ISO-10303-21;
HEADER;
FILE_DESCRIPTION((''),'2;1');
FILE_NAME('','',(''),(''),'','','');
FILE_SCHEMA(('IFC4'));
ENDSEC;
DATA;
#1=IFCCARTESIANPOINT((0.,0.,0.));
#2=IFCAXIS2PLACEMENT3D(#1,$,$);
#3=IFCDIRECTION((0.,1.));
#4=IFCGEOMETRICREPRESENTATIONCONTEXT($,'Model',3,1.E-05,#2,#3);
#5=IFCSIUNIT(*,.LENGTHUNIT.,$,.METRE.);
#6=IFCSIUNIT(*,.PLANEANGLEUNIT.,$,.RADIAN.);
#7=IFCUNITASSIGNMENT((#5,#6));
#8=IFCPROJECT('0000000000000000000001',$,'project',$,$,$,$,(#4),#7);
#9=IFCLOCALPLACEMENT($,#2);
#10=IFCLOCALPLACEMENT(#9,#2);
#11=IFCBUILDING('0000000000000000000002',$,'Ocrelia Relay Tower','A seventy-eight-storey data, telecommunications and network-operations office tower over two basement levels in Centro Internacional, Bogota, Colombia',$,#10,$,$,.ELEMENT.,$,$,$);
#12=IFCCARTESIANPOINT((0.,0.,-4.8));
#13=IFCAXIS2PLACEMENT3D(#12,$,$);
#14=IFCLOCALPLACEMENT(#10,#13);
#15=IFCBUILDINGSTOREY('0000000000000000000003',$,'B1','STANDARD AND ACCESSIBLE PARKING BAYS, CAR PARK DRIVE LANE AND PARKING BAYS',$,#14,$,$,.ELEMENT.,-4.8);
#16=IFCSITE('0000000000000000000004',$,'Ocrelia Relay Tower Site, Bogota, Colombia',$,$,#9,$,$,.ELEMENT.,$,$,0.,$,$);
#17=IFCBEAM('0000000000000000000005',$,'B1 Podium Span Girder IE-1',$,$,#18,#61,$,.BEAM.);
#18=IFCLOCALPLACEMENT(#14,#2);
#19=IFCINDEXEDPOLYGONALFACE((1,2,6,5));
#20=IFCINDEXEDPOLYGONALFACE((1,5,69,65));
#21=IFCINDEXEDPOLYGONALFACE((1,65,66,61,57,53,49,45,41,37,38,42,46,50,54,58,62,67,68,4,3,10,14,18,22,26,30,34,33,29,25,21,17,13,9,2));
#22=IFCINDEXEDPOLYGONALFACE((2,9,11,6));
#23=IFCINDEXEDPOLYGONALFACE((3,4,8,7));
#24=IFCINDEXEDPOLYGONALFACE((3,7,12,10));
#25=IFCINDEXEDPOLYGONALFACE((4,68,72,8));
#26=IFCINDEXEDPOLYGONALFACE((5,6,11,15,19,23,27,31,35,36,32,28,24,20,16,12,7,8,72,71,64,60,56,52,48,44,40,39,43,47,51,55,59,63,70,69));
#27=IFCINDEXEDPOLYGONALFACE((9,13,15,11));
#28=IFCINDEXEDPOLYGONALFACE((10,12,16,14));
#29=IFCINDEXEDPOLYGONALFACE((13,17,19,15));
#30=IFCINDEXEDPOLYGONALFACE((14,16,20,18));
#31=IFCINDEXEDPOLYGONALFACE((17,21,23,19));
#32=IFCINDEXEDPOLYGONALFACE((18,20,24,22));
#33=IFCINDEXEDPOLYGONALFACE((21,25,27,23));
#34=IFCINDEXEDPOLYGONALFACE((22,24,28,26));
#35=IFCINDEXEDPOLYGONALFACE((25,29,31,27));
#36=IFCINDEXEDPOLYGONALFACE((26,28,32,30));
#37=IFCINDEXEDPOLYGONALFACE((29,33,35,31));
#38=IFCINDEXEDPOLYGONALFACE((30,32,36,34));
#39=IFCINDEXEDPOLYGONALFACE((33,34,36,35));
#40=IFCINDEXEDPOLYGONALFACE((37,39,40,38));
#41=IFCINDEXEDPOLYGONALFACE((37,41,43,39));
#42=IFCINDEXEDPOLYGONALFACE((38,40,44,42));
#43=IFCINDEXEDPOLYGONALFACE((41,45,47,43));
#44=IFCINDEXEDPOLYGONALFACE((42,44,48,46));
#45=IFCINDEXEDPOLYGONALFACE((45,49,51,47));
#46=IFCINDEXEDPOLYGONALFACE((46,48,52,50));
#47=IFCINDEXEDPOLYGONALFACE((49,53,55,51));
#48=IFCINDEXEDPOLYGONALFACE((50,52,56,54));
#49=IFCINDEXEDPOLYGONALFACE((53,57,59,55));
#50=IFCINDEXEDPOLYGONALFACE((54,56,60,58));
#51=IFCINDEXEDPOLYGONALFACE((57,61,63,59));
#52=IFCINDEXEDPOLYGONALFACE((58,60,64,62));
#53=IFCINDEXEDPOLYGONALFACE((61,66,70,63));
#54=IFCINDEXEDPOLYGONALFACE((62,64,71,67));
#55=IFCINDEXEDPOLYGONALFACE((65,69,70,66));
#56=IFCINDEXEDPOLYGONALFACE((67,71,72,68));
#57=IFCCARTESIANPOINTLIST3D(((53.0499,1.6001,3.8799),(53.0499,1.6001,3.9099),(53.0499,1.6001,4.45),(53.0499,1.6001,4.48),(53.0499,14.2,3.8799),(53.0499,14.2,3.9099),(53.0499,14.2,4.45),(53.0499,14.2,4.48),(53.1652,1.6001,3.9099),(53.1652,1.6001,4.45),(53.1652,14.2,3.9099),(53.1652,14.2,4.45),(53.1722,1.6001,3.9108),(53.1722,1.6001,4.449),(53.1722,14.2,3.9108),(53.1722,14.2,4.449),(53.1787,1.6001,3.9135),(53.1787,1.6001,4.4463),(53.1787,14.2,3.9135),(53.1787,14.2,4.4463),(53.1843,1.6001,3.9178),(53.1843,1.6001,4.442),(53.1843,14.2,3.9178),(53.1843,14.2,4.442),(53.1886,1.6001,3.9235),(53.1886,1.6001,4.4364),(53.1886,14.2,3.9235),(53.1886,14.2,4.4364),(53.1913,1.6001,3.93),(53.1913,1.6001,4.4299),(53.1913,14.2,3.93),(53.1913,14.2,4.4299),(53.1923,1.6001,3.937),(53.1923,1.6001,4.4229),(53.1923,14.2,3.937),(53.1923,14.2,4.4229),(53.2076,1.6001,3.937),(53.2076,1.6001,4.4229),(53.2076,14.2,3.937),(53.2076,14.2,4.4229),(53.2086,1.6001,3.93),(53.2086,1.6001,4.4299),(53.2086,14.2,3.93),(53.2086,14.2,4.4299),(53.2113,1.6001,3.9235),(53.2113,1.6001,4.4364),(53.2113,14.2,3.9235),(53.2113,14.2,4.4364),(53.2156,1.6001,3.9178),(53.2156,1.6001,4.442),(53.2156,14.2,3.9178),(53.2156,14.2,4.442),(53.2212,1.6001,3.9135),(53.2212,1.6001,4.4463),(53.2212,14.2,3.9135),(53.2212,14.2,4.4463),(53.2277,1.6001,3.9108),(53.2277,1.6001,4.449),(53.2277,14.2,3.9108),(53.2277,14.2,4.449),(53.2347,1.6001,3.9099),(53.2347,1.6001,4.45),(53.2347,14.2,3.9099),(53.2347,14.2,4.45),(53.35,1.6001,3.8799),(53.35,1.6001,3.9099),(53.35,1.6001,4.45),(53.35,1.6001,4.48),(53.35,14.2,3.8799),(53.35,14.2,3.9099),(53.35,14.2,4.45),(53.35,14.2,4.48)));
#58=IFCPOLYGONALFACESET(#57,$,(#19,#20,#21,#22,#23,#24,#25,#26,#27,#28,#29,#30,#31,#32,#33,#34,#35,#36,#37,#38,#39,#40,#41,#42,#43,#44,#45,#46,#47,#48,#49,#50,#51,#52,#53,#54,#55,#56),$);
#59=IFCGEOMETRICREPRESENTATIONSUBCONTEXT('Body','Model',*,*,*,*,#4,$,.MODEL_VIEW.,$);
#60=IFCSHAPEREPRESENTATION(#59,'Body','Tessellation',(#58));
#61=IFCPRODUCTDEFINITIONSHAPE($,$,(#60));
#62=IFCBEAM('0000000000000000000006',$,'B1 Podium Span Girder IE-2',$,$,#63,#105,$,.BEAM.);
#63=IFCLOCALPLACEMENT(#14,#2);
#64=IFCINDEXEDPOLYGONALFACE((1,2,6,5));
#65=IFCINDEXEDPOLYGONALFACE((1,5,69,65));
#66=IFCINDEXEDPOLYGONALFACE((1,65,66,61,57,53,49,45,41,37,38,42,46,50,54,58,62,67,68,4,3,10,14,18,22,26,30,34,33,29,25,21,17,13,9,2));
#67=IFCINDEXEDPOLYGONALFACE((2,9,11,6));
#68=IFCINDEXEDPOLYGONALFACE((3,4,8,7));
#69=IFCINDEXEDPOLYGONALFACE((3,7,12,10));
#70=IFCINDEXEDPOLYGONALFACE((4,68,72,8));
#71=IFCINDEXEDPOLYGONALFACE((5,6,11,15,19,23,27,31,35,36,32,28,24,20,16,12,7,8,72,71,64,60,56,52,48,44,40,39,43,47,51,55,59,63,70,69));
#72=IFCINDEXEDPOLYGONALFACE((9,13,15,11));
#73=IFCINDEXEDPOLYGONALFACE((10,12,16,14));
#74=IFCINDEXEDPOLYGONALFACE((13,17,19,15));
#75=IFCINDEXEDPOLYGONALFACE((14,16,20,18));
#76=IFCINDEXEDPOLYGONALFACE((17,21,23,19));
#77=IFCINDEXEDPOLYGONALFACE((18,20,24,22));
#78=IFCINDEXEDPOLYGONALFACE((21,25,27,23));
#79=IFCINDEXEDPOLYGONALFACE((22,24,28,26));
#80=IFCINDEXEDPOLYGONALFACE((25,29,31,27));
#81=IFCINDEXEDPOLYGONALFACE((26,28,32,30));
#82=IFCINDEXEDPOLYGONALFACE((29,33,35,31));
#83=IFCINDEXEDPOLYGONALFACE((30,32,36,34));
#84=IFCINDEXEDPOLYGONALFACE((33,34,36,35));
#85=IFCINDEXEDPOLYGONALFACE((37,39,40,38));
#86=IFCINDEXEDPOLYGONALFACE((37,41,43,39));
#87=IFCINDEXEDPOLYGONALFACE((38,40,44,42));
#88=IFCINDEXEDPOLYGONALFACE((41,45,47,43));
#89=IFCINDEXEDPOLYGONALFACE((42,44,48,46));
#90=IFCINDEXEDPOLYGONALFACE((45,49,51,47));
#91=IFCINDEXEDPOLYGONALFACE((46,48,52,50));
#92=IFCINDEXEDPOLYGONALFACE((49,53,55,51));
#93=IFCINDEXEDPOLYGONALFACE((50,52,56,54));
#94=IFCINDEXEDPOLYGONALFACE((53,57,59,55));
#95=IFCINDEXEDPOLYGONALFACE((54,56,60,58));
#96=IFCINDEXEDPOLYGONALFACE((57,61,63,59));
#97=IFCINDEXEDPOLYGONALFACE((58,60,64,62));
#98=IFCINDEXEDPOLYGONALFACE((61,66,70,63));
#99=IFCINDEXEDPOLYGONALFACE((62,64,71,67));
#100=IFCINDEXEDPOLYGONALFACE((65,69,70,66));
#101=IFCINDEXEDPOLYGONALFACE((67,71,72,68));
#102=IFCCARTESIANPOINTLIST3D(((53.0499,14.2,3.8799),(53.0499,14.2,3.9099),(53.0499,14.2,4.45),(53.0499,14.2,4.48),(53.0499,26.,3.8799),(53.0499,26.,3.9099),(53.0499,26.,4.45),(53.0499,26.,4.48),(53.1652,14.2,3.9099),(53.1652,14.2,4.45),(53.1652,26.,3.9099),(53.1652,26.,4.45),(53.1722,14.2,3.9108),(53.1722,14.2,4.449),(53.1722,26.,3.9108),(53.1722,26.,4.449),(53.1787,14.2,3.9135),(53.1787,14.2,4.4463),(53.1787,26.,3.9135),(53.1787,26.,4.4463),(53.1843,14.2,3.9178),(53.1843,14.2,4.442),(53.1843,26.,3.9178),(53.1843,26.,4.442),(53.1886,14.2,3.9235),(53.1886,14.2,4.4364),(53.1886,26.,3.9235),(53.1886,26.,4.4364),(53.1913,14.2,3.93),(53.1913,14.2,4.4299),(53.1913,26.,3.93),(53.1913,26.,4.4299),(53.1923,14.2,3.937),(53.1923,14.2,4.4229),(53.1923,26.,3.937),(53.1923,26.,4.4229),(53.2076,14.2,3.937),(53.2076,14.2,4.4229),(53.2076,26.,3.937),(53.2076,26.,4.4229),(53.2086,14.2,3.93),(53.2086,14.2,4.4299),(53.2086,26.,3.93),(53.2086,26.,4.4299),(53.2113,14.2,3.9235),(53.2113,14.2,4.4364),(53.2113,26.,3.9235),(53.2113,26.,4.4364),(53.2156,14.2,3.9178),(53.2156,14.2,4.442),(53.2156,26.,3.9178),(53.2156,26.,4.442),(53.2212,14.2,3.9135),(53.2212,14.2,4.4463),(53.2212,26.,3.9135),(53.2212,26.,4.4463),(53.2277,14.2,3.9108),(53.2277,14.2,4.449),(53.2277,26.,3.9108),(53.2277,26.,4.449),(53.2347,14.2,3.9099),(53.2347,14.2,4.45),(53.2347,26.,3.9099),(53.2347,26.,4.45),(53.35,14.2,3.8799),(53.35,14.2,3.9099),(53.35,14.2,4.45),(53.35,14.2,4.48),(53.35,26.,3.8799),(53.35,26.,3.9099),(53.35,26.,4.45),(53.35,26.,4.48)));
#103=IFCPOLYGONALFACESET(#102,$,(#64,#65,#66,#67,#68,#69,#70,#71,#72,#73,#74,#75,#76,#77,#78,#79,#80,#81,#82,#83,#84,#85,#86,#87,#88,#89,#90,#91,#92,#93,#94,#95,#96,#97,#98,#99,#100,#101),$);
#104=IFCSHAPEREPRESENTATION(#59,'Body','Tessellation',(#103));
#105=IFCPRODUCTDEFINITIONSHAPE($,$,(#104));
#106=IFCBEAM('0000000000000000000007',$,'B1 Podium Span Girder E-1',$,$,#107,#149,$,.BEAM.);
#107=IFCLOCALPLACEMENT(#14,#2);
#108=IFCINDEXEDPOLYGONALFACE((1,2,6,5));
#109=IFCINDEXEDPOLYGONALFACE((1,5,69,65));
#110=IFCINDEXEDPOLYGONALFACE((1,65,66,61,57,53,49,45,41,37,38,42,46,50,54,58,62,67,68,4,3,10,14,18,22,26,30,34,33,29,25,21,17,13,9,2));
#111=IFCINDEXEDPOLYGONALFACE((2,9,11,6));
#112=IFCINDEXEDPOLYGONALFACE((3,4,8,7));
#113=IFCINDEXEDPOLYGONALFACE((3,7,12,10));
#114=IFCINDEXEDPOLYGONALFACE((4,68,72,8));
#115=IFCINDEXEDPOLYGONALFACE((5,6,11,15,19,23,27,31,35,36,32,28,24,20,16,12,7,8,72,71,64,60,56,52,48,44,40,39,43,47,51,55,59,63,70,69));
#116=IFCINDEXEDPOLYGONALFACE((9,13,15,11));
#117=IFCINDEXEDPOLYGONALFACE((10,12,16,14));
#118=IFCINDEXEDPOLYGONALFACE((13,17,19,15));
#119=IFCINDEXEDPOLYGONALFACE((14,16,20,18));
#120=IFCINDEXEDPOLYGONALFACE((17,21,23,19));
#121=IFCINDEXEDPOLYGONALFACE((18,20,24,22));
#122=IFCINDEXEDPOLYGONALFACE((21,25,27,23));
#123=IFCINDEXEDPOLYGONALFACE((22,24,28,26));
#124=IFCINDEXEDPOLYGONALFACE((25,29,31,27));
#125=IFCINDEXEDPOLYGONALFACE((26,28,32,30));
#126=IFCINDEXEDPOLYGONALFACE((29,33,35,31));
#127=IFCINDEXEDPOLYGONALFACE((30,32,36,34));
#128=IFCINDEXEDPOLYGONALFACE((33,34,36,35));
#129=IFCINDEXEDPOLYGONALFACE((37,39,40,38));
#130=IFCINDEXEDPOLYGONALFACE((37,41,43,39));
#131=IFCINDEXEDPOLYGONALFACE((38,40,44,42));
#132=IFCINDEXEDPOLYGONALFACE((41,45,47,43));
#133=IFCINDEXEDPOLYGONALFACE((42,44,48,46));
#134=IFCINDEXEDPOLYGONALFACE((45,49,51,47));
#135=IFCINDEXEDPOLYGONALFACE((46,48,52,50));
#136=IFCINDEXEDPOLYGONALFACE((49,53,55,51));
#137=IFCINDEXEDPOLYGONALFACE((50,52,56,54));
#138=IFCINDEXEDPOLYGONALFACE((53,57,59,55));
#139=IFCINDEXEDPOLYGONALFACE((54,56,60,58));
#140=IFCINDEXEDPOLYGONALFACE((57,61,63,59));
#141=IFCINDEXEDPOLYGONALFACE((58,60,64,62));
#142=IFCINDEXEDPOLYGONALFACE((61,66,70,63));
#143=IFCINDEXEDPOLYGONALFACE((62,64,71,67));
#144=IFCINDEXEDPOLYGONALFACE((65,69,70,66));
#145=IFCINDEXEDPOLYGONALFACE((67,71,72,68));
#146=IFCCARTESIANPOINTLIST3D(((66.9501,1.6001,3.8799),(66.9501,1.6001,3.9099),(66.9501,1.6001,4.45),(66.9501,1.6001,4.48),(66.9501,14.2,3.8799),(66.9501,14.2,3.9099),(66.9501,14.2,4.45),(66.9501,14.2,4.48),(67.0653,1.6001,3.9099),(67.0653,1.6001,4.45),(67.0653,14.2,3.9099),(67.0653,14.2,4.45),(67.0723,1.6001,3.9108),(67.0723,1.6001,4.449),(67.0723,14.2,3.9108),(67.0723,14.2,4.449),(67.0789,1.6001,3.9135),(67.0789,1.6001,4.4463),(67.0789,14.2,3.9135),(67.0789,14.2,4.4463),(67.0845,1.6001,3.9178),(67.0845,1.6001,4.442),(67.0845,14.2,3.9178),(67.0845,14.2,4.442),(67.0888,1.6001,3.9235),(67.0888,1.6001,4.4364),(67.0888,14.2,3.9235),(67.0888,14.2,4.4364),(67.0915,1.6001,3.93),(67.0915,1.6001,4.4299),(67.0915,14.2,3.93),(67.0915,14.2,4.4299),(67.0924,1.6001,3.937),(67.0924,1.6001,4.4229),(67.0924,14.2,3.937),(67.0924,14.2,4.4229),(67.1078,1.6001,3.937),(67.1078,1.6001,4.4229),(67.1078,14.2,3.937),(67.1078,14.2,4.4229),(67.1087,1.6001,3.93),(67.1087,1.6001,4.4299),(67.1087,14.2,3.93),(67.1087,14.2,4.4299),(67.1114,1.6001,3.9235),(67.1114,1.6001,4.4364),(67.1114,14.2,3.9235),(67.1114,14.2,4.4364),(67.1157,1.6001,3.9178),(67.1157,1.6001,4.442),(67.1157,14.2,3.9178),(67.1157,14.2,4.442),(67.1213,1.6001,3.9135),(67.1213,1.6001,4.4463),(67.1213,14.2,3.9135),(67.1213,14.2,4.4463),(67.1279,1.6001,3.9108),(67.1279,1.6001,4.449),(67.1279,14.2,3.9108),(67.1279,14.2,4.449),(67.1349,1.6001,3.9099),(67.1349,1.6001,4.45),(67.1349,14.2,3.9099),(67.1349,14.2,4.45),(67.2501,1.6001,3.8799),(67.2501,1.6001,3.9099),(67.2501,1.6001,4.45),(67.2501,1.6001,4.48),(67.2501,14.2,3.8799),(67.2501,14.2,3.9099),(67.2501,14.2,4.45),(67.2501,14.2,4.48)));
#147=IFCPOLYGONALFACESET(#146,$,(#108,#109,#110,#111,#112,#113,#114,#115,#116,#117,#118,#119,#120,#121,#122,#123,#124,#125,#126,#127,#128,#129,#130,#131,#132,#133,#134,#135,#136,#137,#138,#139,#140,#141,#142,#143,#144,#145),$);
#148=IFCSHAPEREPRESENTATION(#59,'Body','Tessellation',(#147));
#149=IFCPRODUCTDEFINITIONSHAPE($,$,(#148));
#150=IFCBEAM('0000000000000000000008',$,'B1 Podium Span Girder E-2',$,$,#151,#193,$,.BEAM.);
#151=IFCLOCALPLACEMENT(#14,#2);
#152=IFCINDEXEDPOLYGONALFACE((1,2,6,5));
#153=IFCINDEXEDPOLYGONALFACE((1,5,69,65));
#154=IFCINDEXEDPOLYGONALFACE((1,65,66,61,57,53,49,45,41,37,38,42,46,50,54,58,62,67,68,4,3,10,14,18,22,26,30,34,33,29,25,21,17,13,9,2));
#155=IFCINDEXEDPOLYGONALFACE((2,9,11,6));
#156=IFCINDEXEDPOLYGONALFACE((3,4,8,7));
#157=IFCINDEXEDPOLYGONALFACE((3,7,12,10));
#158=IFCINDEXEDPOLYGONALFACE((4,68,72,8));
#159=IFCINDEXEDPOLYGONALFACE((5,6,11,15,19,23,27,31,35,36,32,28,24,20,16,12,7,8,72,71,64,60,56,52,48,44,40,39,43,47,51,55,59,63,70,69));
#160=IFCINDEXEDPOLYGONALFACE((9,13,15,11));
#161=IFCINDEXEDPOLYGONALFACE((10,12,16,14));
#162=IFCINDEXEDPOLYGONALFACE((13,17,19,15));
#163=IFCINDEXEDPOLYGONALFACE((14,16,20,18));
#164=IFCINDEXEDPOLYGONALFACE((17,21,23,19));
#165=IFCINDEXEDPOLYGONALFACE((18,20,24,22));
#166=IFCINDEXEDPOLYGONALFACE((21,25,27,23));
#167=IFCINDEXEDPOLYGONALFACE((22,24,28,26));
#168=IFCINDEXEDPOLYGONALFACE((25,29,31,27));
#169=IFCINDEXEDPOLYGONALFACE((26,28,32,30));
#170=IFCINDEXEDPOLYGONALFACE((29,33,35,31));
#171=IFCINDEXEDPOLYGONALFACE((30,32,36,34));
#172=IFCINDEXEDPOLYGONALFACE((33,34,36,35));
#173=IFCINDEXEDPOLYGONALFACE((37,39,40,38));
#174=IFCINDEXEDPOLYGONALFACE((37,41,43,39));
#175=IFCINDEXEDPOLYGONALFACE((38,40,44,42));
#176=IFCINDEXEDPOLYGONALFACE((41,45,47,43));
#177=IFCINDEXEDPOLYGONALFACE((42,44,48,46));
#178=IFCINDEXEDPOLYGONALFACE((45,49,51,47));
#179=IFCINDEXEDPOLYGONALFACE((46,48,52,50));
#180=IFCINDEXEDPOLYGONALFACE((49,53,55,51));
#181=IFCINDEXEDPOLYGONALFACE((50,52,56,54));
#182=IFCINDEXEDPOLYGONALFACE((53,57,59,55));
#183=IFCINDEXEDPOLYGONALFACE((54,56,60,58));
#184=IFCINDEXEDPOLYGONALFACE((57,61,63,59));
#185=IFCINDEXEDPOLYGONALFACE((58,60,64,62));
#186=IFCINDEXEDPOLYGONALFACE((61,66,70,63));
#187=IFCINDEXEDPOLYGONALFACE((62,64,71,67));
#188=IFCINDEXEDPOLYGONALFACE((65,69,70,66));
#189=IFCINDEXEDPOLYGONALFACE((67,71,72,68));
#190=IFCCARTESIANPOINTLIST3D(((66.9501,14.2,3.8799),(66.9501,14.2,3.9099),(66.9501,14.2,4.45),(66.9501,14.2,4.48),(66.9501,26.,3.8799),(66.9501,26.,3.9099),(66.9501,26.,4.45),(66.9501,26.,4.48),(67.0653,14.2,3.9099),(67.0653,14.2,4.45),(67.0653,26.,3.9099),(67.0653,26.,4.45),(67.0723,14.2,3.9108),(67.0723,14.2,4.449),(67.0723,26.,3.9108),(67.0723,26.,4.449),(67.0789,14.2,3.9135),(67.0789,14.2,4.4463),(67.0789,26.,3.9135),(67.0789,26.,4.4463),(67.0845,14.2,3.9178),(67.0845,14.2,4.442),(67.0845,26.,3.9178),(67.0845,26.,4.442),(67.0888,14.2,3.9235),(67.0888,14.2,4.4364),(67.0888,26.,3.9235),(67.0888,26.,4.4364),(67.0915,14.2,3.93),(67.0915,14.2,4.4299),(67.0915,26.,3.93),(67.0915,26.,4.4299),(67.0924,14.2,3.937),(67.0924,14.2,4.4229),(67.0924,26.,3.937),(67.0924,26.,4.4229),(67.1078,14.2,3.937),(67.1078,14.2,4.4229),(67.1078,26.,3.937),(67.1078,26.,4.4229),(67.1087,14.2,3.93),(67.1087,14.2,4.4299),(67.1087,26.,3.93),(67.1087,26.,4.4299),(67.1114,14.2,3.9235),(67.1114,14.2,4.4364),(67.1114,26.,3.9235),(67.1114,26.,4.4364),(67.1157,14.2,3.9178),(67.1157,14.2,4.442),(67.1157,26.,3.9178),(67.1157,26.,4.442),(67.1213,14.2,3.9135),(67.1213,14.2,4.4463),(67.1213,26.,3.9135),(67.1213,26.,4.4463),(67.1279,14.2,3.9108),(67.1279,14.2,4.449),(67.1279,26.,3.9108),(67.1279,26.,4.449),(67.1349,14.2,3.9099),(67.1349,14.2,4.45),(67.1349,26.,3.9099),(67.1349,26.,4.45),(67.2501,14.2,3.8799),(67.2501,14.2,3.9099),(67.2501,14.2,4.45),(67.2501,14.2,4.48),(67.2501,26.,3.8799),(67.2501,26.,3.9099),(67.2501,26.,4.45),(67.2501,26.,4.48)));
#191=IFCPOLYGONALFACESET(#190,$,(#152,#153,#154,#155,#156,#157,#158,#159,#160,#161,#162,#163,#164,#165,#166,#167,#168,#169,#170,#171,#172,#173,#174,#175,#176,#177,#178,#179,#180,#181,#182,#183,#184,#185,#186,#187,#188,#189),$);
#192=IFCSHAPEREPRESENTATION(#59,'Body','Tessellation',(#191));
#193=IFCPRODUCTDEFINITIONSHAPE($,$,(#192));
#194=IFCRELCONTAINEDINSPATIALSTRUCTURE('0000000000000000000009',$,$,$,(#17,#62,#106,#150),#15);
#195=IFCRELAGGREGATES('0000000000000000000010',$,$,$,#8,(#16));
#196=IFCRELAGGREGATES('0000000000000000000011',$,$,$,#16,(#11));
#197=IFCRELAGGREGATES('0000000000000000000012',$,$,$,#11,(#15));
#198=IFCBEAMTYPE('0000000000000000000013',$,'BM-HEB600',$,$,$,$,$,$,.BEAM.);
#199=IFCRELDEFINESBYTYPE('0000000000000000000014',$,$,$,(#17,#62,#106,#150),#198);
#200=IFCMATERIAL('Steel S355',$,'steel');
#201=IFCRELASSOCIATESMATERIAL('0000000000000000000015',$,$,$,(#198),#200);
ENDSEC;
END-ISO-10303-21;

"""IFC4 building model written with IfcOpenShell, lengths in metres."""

from ifc_helpers import new_model, si_unit, direction, frame, origin, origin_2d, place, context, subcontext, project, spatial, i_section, extrude, material, material_profile, profile_set, type_object, element, save


model = new_model("IFC4")

# Units and contexts
model_context = context("Model", 3, precision=1e-05, world=origin(), true_north=direction((0.0, 1.0)))
body_context = subcontext(model_context, "Body", "Model", "MODEL_VIEW")
ifc_project = project(units=[si_unit("LENGTHUNIT", "METRE"), si_unit("PLANEANGLEUNIT", "RADIAN")], contexts=[model_context])

# Site, building, storey
site_placement = place(None, origin())
site = spatial("IfcSite", under=ifc_project, at=site_placement, Name="Ocrelia Relay Tower Site, Bogota, Colombia", CompositionType="ELEMENT", RefElevation=0.0)
building_placement = place(site_placement, origin())
building = spatial("IfcBuilding", under=site, at=building_placement, Name="Ocrelia Relay Tower", Description="A seventy-eight-storey data, telecommunications and network-operations office tower over two basement levels in Centro Internacional, Bogota, Colombia", CompositionType="ELEMENT")
storey_placement = place(building_placement, frame((0.0, 0.0, -4.8)))
storey = spatial("IfcBuildingStorey", under=building, at=storey_placement, Name="B1", Description="STANDARD AND ACCESSIBLE PARKING BAYS, CAR PARK DRIVE LANE AND PARKING BAYS", CompositionType="ELEMENT", Elevation=-4.8)

# Beams
ifc_material_1 = material(Name="Steel S355", Category="steel")
ifc_material_profile_1 = material_profile(ifc_material_1, i_section(OverallWidth=0.3, OverallDepth=0.6001, WebThickness=0.0154, FlangeThickness=0.03, FilletRadius=0.0271, at=origin_2d()), Name="HEB 600")
ifc_profile_set_1 = profile_set([ifc_material_profile_1], Name="Steel S355")
beam_type_1 = type_object("IfcBeamType", Name="BM-HEB600", PredefinedType="BEAM", material=ifc_profile_set_1)
beam_1_placement = place(storey_placement, frame((53.2, 1.6001, 4.1799), z_axis=(0.0, 1.0, 0.0), x_axis=(-1.0, 0.0, 0.0)))
element("IfcBeam", 1, at=beam_1_placement, inside=storey, type_object=beam_type_1, Name="B1 Podium Span Girder IE-1", PredefinedType="BEAM", context=body_context, shape_type="SweptSolid", body=[
    extrude(i_section(OverallWidth=0.3, OverallDepth=0.6001, WebThickness=0.0154, FlangeThickness=0.03, FilletRadius=0.0271, at=origin_2d()), origin(), (0.0, 0.0, 1.0), 12.5999),
])
beam_2_placement = place(storey_placement, frame((53.2, 14.2, 4.1799), z_axis=(0.0, 1.0, 0.0), x_axis=(-1.0, 0.0, 0.0)))
element("IfcBeam", 2, at=beam_2_placement, inside=storey, type_object=beam_type_1, Name="B1 Podium Span Girder IE-2", PredefinedType="BEAM", context=body_context, shape_type="SweptSolid", body=[
    extrude(i_section(OverallWidth=0.3, OverallDepth=0.6001, WebThickness=0.0154, FlangeThickness=0.03, FilletRadius=0.0271, at=origin_2d()), origin(), (0.0, 0.0, 1.0), 11.8),
])
beam_3_placement = place(storey_placement, frame((67.1001, 1.6001, 4.1799), z_axis=(0.0, 1.0, 0.0), x_axis=(-1.0, 0.0, 0.0)))
element("IfcBeam", 3, at=beam_3_placement, inside=storey, type_object=beam_type_1, Name="B1 Podium Span Girder E-1", PredefinedType="BEAM", context=body_context, shape_type="SweptSolid", body=[
    extrude(i_section(OverallWidth=0.3, OverallDepth=0.6001, WebThickness=0.0154, FlangeThickness=0.03, FilletRadius=0.0271, at=origin_2d()), origin(), (0.0, 0.0, 1.0), 12.5999),
])
beam_4_placement = place(storey_placement, frame((67.1001, 14.2, 4.1799), z_axis=(0.0, 1.0, 0.0), x_axis=(-1.0, 0.0, 0.0)))
element("IfcBeam", 4, at=beam_4_placement, inside=storey, type_object=beam_type_1, Name="B1 Podium Span Girder E-2", PredefinedType="BEAM", context=body_context, shape_type="SweptSolid", body=[
    extrude(i_section(OverallWidth=0.3, OverallDepth=0.6001, WebThickness=0.0154, FlangeThickness=0.03, FilletRadius=0.0271, at=origin_2d()), origin(), (0.0, 0.0, 1.0), 11.8),
])

save(model, "model.ifc")
